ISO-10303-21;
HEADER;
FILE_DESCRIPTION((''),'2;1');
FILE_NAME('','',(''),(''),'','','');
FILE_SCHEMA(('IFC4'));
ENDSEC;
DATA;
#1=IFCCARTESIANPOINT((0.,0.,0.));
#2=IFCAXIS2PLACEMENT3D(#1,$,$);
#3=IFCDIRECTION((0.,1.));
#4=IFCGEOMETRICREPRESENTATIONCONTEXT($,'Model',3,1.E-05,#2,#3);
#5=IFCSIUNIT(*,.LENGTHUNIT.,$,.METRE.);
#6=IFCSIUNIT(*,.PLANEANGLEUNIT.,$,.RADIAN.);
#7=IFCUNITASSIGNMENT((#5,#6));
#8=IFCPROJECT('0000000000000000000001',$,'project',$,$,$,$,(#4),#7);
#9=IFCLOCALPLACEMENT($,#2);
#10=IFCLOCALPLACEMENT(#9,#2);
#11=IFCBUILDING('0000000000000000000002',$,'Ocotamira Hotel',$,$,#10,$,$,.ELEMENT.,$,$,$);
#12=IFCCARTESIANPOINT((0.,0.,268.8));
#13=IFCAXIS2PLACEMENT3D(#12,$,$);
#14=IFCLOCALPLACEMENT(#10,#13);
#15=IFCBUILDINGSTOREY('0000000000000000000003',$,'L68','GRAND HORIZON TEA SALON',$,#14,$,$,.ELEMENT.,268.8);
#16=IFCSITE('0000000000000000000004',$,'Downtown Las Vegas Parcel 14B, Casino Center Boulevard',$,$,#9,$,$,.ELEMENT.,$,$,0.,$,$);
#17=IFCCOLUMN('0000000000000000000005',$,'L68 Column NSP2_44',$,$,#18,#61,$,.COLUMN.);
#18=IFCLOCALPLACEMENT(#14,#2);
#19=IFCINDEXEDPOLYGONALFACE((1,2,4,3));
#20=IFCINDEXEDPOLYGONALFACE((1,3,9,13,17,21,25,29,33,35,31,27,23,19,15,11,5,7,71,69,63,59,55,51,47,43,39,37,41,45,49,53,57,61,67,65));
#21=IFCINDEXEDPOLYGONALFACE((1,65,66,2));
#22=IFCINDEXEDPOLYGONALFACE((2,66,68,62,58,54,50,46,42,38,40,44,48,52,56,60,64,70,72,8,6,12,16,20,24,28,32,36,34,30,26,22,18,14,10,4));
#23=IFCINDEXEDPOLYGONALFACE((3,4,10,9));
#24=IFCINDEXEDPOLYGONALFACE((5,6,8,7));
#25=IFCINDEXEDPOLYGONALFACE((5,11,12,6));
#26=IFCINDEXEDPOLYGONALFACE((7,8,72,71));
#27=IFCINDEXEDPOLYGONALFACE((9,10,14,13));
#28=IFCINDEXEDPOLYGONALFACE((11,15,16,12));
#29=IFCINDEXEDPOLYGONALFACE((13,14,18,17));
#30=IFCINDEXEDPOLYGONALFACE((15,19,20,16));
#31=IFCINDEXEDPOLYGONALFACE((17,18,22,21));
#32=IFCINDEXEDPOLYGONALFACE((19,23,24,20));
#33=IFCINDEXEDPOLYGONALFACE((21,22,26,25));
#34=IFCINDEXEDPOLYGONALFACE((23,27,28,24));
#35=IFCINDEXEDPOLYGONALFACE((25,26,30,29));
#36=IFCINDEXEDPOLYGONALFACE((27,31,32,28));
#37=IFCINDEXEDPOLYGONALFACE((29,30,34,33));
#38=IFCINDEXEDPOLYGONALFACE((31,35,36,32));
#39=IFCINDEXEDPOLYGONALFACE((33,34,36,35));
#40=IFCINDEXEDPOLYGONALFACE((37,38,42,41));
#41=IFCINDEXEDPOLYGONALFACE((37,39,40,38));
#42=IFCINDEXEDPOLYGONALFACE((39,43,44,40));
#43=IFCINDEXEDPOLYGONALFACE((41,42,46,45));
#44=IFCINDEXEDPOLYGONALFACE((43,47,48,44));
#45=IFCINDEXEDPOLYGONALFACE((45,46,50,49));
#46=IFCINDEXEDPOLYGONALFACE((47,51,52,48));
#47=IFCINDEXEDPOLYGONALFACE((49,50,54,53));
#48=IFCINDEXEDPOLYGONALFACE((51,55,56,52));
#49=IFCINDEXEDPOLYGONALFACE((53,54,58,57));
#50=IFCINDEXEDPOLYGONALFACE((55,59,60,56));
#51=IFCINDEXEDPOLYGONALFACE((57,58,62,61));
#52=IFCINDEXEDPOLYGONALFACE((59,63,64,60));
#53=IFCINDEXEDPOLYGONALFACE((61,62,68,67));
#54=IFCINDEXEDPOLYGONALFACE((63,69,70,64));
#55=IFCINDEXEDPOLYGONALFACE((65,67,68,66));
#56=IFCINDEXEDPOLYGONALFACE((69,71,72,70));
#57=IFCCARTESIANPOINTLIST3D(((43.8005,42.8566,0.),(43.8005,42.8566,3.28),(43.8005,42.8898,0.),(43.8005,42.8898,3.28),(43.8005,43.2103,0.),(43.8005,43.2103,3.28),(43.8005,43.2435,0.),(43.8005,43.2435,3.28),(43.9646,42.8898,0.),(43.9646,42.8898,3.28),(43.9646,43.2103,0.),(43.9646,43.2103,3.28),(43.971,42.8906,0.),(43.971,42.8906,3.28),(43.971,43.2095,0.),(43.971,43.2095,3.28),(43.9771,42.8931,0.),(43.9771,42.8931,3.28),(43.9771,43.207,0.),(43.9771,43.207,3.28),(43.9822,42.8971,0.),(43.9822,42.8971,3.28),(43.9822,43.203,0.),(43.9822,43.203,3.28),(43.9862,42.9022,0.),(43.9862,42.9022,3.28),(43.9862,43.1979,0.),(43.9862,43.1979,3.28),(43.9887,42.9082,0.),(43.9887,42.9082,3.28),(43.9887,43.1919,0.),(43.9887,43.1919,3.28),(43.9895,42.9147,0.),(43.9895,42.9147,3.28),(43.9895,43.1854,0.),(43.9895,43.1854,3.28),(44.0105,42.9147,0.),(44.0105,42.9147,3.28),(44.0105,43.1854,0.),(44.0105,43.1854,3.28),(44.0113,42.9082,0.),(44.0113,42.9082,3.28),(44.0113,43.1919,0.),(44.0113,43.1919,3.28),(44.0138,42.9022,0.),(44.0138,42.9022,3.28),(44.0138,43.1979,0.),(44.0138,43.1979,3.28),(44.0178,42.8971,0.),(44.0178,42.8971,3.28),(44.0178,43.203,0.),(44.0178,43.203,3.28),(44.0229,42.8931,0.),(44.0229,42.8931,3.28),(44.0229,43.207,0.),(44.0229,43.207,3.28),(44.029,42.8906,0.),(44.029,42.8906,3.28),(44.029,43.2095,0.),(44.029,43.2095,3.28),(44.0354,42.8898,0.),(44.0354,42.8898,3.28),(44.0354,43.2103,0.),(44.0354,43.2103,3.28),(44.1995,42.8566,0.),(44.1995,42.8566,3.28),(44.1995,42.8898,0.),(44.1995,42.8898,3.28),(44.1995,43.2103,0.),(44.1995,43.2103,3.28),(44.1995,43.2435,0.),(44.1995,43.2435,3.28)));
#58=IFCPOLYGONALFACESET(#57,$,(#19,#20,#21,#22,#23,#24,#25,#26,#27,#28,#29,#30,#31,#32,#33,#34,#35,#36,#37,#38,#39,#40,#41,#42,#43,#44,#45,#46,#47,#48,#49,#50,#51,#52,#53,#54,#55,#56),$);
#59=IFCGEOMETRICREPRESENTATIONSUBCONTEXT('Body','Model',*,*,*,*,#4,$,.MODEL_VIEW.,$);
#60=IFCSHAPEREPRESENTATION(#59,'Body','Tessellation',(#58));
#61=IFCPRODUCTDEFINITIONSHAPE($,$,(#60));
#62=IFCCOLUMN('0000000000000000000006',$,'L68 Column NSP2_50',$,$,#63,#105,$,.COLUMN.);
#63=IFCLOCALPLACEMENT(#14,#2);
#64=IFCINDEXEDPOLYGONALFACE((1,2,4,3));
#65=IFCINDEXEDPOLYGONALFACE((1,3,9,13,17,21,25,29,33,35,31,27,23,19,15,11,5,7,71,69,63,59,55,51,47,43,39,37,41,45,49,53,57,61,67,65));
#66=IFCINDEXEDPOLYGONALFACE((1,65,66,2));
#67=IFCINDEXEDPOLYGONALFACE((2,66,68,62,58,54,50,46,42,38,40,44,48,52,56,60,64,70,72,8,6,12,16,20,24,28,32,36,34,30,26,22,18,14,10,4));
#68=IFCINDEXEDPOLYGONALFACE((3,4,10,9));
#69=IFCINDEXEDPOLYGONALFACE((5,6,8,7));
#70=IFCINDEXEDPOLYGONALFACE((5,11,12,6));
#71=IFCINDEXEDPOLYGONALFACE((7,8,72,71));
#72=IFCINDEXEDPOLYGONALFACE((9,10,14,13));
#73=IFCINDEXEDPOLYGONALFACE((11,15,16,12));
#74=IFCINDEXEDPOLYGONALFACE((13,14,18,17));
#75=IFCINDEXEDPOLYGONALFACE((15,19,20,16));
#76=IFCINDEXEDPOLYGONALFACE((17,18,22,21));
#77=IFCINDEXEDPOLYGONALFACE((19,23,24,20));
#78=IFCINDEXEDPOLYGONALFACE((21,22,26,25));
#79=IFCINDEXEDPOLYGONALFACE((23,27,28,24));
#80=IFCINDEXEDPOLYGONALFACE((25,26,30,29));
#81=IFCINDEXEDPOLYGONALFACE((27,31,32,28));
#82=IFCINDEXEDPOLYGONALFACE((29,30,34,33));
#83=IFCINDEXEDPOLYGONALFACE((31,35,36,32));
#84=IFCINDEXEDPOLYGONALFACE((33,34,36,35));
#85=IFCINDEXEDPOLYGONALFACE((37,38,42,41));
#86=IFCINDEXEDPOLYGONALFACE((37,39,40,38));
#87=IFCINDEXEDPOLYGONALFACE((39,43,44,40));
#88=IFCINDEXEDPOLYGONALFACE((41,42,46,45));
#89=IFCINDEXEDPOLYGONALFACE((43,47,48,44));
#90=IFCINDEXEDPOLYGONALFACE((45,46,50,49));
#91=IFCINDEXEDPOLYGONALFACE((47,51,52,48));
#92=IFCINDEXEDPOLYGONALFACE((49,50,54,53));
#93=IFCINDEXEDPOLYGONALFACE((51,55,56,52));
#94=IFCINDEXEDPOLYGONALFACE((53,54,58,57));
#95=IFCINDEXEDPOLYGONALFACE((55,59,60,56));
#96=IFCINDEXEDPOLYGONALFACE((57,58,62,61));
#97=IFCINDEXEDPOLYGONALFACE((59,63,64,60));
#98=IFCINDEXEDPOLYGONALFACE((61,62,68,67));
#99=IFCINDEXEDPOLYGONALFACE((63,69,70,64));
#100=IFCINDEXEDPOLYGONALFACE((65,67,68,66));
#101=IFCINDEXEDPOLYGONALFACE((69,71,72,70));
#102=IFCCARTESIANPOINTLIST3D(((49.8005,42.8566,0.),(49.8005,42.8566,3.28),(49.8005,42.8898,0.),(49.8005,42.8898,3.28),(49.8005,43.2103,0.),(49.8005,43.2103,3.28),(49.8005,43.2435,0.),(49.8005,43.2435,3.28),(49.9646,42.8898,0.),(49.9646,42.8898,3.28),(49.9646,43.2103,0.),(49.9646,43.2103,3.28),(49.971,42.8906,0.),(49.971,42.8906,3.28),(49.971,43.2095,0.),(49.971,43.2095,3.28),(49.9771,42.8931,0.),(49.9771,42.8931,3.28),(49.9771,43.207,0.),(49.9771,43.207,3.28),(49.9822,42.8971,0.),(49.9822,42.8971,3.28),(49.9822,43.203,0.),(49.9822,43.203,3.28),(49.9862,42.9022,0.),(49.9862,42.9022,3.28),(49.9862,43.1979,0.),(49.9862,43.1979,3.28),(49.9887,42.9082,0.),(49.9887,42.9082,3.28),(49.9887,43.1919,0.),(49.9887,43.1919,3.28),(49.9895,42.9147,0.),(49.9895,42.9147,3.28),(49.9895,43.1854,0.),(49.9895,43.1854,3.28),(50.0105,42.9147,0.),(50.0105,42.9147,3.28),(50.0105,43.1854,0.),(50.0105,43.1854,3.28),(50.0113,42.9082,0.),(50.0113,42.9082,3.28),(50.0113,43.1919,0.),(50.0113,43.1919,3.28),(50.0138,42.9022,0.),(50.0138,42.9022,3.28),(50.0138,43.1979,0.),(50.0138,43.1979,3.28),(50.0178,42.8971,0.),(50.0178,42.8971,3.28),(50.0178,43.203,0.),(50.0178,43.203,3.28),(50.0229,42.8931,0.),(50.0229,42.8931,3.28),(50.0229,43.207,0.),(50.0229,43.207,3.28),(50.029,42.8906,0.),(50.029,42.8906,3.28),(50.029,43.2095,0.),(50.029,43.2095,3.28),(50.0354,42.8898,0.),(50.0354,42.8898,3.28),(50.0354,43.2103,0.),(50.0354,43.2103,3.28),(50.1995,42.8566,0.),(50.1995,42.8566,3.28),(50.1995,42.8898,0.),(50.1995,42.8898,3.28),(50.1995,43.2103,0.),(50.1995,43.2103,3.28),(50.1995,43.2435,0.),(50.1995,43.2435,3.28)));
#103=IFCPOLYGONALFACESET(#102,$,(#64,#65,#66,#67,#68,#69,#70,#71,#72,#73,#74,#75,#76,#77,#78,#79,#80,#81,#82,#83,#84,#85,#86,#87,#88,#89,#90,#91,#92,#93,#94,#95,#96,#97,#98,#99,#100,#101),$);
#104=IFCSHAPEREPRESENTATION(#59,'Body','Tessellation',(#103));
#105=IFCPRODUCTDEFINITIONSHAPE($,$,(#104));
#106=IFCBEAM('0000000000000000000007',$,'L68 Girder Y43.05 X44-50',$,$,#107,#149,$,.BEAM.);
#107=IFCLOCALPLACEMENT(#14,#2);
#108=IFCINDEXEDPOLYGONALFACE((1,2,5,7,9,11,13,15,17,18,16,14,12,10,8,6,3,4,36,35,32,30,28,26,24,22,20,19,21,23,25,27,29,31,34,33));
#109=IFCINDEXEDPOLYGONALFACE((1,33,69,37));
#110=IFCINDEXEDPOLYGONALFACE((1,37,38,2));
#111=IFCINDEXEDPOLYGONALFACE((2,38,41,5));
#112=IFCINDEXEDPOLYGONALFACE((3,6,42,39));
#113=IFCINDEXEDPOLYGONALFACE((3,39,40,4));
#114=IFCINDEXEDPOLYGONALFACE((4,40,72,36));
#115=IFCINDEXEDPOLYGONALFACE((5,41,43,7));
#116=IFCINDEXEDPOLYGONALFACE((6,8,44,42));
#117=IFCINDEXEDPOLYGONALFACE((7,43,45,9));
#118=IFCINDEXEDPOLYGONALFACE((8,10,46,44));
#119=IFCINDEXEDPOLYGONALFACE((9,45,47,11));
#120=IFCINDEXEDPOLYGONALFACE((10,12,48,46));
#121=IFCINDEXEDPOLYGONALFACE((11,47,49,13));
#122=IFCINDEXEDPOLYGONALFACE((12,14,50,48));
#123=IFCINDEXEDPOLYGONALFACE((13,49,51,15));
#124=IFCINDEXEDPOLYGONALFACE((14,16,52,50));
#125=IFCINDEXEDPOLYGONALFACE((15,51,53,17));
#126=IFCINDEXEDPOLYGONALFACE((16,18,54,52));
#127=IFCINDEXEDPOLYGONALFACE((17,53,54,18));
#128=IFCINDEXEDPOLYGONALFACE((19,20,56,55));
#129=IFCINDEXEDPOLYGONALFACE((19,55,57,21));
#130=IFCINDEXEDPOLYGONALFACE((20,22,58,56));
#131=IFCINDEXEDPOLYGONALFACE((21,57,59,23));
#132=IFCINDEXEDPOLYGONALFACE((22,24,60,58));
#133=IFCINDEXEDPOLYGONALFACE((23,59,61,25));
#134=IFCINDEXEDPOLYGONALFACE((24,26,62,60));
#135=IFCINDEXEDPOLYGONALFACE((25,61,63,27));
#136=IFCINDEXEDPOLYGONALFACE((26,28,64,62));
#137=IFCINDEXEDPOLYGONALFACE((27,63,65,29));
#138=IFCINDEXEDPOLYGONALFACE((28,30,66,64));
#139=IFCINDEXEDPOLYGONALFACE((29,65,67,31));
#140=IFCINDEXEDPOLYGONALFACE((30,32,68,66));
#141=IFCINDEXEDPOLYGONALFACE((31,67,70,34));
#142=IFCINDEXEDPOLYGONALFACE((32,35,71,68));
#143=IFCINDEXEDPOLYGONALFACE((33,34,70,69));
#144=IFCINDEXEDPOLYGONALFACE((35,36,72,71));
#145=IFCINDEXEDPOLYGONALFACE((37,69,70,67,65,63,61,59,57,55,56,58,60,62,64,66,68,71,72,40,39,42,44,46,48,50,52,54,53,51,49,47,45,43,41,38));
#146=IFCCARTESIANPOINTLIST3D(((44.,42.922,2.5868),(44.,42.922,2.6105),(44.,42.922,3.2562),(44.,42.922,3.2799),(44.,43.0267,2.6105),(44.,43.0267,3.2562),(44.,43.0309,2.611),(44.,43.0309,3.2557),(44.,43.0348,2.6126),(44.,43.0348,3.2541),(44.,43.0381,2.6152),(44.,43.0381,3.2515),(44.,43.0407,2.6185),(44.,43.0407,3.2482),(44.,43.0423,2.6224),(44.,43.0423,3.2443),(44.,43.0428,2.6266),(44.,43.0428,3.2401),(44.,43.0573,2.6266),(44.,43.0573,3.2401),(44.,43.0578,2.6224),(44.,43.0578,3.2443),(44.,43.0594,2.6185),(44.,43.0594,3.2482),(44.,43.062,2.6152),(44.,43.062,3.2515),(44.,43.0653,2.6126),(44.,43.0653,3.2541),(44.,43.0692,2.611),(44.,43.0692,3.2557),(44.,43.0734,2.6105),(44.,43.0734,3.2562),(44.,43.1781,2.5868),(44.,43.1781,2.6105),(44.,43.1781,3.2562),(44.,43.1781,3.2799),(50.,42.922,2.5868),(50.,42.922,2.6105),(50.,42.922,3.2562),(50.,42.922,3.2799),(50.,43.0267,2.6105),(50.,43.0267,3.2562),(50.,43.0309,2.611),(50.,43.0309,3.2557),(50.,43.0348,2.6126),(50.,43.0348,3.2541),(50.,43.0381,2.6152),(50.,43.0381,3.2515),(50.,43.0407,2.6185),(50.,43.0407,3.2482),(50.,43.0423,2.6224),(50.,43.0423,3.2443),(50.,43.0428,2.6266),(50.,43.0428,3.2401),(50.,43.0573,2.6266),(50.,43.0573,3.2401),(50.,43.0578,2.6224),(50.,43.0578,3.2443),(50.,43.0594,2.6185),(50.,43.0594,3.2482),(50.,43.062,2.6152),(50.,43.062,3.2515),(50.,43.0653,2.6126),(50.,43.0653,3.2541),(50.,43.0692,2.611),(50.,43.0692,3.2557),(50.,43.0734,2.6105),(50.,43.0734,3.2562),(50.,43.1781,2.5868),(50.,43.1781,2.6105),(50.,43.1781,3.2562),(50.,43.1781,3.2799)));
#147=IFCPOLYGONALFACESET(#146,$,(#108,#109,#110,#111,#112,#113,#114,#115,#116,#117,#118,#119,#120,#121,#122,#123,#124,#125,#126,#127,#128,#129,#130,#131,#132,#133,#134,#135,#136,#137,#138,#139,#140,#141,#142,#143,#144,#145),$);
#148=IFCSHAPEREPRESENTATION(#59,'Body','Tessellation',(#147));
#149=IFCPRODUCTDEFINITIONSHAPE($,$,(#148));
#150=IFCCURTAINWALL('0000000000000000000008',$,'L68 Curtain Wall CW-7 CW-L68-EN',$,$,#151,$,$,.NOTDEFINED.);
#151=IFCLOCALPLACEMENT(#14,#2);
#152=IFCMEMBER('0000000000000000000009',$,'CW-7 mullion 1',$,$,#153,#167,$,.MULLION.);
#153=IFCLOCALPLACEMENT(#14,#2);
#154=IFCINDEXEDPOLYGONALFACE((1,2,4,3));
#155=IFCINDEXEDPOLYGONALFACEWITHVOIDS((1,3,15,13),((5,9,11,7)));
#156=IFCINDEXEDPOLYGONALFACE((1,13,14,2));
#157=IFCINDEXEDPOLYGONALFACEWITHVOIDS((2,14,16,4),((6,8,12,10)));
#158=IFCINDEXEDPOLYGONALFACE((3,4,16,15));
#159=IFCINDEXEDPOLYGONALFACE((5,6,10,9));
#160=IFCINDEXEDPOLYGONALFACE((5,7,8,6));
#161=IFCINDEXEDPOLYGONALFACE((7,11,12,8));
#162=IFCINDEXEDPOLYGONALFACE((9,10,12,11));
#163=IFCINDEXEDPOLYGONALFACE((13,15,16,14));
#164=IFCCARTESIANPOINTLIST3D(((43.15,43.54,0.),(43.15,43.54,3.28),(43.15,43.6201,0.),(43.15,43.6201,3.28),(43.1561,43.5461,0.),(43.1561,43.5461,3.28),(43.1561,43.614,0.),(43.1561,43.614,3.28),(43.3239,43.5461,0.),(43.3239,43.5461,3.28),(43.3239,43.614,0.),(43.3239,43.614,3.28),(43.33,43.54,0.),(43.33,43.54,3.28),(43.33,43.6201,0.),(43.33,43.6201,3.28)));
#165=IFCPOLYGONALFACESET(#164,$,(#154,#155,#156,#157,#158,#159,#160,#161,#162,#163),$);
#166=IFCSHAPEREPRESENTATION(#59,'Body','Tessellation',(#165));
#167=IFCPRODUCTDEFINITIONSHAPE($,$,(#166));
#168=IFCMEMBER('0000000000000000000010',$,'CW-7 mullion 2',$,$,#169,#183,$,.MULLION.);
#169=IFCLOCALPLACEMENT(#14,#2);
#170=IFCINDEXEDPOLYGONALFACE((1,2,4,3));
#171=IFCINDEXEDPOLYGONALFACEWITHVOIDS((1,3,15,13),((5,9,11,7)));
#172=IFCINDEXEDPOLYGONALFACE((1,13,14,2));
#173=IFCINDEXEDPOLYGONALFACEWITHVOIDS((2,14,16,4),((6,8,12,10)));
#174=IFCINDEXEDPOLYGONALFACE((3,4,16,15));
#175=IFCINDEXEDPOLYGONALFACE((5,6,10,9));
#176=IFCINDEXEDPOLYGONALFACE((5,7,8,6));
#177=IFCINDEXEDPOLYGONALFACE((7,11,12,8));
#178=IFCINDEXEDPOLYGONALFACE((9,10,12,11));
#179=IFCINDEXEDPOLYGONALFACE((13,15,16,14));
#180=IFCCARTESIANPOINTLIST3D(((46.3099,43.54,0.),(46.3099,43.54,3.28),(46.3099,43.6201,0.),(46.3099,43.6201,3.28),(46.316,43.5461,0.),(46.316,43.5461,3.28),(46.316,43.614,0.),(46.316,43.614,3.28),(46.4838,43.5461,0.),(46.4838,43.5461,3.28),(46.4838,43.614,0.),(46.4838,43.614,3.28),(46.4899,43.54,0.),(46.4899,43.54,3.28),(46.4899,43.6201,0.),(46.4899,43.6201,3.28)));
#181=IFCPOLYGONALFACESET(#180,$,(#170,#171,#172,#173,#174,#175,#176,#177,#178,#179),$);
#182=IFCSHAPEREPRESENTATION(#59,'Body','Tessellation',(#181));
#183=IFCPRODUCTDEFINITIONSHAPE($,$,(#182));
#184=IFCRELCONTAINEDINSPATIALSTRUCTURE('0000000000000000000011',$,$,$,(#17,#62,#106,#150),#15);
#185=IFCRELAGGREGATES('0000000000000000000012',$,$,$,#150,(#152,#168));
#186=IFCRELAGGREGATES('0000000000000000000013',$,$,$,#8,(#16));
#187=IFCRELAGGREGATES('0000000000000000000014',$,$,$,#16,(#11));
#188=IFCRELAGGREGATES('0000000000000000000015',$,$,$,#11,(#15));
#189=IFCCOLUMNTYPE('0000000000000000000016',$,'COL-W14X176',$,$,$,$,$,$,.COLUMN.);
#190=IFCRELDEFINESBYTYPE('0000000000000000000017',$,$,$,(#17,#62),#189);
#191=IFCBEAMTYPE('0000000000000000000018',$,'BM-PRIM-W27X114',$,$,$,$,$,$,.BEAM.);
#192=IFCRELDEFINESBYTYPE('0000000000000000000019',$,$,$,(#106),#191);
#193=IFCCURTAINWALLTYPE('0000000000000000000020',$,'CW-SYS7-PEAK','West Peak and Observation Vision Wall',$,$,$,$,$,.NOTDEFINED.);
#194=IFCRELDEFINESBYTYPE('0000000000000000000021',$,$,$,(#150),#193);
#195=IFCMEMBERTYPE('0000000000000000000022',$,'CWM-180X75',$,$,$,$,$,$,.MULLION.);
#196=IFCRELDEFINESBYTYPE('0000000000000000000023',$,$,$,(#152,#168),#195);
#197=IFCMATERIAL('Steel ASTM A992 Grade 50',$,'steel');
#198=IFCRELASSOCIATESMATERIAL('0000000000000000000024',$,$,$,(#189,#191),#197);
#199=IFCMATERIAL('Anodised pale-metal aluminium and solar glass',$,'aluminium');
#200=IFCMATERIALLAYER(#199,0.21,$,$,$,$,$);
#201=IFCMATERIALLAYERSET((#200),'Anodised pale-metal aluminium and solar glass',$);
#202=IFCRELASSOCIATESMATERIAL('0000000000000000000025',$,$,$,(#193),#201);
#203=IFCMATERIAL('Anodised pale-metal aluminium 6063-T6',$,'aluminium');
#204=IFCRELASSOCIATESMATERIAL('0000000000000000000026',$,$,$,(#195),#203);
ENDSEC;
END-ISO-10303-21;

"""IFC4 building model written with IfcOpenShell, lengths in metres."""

from ifc_helpers import new_model, si_unit, direction, frame, origin, origin_2d, place, context, subcontext, project, spatial, hollow_rectangle, i_section, extrude, source, transform, mapped, material, layer, layer_set, material_profile, profile_set, type_object, element, aggregate, save


model = new_model("IFC4")

# Units and contexts
model_context = context("Model", 3, precision=1e-05, world=origin(), true_north=direction((0.0, 1.0)))
body_context = subcontext(model_context, "Body", "Model", "MODEL_VIEW")
ifc_project = project(units=[si_unit("LENGTHUNIT", "METRE"), si_unit("PLANEANGLEUNIT", "RADIAN")], contexts=[model_context])

# Site, building, storey
site_placement = place(None, origin())
site = spatial("IfcSite", under=ifc_project, at=site_placement, Name="Downtown Las Vegas Parcel 14B, Casino Center Boulevard", CompositionType="ELEMENT", RefElevation=0.0)
building_placement = place(site_placement, origin())
building = spatial("IfcBuilding", under=site, at=building_placement, Name="Ocotamira Hotel", CompositionType="ELEMENT")
storey_placement = place(building_placement, frame((0.0, 0.0, 268.8)))
storey = spatial("IfcBuildingStorey", under=building, at=storey_placement, Name="L68", Description="GRAND HORIZON TEA SALON", CompositionType="ELEMENT", Elevation=268.8)

# Columns
ifc_material_1 = material(Name="Steel ASTM A992 Grade 50", Category="steel")
ifc_material_profile_1 = material_profile(ifc_material_1, i_section(OverallWidth=0.3989, OverallDepth=0.387, WebThickness=0.021, FlangeThickness=0.0332, FilletRadius=0.0249, at=origin_2d()), Name="W14X176")
ifc_profile_set_1 = profile_set([ifc_material_profile_1], Name="Steel ASTM A992 Grade 50")
column_type = type_object("IfcColumnType", Name="COL-W14X176", PredefinedType="COLUMN", material=ifc_profile_set_1)
shared_shape_1 = source(origin(), body_context, "Body", "SweptSolid", [
    extrude(i_section(OverallWidth=0.3989, OverallDepth=0.387, WebThickness=0.021, FlangeThickness=0.0332, FilletRadius=0.0249, at=origin_2d()), origin(), (0.0, 0.0, 1.0), 3.28),
])
for number, where, z_axis, x_axis, name in (
    (1, (44.0, 43.05, 0.0), (0.0, 0.0, 1.0), (1.0, 0.0, 0.0), "L68 Column NSP2_44"),
    (2, (50.0, 43.05, 0.0), (0.0, 0.0, 1.0), (1.0, 0.0, 0.0), "L68 Column NSP2_50"),
):
    element("IfcColumn", number, at=place(storey_placement, frame(where, z_axis=z_axis, x_axis=x_axis)), inside=storey, type_object=column_type, Name=name, PredefinedType="COLUMN", context=body_context, shape_type="MappedRepresentation", body=[
        mapped(shared_shape_1, transform((0.0, 0.0, 0.0), scale=1.0)),
    ])

# Beam
ifc_material_profile_2 = material_profile(ifc_material_1, i_section(OverallWidth=0.2561, OverallDepth=0.6931, WebThickness=0.0144, FlangeThickness=0.0237, FilletRadius=0.0161, at=origin_2d()), Name="W27X114")
ifc_profile_set_2 = profile_set([ifc_material_profile_2], Name="Steel ASTM A992 Grade 50")
beam_type = type_object("IfcBeamType", Name="BM-PRIM-W27X114", PredefinedType="BEAM", material=ifc_profile_set_2)
shared_shape_2 = source(origin(), body_context, "Body", "SweptSolid", [
    extrude(i_section(OverallWidth=0.2561, OverallDepth=0.6931, WebThickness=0.0144, FlangeThickness=0.0237, FilletRadius=0.0161, at=origin_2d()), origin(), (0.0, 0.0, 1.0), 6.0),
])
beam_placement = place(storey_placement, frame((44.0, 43.05, 2.9333), z_axis=(1.0, 0.0, 0.0), x_axis=(0.0, 1.0, 0.0)))
element("IfcBeam", 3, at=beam_placement, inside=storey, type_object=beam_type, Name="L68 Girder Y43.05 X44-50", PredefinedType="BEAM", context=body_context, shape_type="MappedRepresentation", body=[
    mapped(shared_shape_2, transform((0.0, 0.0, 0.0), scale=1.0)),
])

# Curtain wall, members
ifc_material_2 = material(Name="Anodised pale-metal aluminium and solar glass", Category="aluminium")
ifc_layer_1 = layer(ifc_material_2, 0.21)
ifc_layer_set_1 = layer_set([ifc_layer_1], Name="Anodised pale-metal aluminium and solar glass")
curtain_wall_type = type_object("IfcCurtainWallType", Name="CW-SYS7-PEAK", Description="West Peak and Observation Vision Wall", PredefinedType="NOTDEFINED", material=ifc_layer_set_1)
curtain_wall_placement = place(storey_placement, origin())
curtain_wall = element("IfcCurtainWall", 4, at=curtain_wall_placement, inside=storey, type_object=curtain_wall_type, Name="L68 Curtain Wall CW-7 CW-L68-EN", PredefinedType="NOTDEFINED")
ifc_material_3 = material(Name="Anodised pale-metal aluminium 6063-T6", Category="aluminium")
ifc_material_profile_3 = material_profile(ifc_material_3, hollow_rectangle(XDim=0.0801, YDim=0.1799, WallThickness=0.0061, at=origin_2d()), Name="HSS180X80X6")
ifc_profile_set_3 = profile_set([ifc_material_profile_3], Name="Anodised pale-metal aluminium 6063-T6")
member_type_1 = type_object("IfcMemberType", Name="CWM-180X75", PredefinedType="MULLION", material=ifc_profile_set_3)
shared_shape_3 = source(origin(), body_context, "Body", "SweptSolid", [
    extrude(hollow_rectangle(XDim=0.0801, YDim=0.1799, WallThickness=0.0061, at=origin_2d()), origin(), (0.0, 0.0, 1.0), 3.28),
])
member_1_placement = place(storey_placement, frame((43.24, 43.5801, 0.0), z_axis=(0.0, 0.0, 1.0), x_axis=(0.0, 1.0, 0.0)))
member_1 = element("IfcMember", 5, at=member_1_placement, type_object=member_type_1, Name="CW-7 mullion 1", PredefinedType="MULLION", context=body_context, shape_type="MappedRepresentation", body=[
    mapped(shared_shape_3, transform((0.0, 0.0, 0.0), scale=1.0)),
])
member_2_placement = place(storey_placement, frame((46.3999, 43.5801, 0.0), z_axis=(0.0, 0.0, 1.0), x_axis=(0.0, 1.0, 0.0)))
member_2 = element("IfcMember", 6, at=member_2_placement, type_object=member_type_1, Name="CW-7 mullion 2", PredefinedType="MULLION", context=body_context, shape_type="MappedRepresentation", body=[
    mapped(shared_shape_3, transform((0.0, 0.0, 0.0), scale=1.0)),
])
aggregate(curtain_wall, [member_1, member_2])

save(model, "model.ifc")
